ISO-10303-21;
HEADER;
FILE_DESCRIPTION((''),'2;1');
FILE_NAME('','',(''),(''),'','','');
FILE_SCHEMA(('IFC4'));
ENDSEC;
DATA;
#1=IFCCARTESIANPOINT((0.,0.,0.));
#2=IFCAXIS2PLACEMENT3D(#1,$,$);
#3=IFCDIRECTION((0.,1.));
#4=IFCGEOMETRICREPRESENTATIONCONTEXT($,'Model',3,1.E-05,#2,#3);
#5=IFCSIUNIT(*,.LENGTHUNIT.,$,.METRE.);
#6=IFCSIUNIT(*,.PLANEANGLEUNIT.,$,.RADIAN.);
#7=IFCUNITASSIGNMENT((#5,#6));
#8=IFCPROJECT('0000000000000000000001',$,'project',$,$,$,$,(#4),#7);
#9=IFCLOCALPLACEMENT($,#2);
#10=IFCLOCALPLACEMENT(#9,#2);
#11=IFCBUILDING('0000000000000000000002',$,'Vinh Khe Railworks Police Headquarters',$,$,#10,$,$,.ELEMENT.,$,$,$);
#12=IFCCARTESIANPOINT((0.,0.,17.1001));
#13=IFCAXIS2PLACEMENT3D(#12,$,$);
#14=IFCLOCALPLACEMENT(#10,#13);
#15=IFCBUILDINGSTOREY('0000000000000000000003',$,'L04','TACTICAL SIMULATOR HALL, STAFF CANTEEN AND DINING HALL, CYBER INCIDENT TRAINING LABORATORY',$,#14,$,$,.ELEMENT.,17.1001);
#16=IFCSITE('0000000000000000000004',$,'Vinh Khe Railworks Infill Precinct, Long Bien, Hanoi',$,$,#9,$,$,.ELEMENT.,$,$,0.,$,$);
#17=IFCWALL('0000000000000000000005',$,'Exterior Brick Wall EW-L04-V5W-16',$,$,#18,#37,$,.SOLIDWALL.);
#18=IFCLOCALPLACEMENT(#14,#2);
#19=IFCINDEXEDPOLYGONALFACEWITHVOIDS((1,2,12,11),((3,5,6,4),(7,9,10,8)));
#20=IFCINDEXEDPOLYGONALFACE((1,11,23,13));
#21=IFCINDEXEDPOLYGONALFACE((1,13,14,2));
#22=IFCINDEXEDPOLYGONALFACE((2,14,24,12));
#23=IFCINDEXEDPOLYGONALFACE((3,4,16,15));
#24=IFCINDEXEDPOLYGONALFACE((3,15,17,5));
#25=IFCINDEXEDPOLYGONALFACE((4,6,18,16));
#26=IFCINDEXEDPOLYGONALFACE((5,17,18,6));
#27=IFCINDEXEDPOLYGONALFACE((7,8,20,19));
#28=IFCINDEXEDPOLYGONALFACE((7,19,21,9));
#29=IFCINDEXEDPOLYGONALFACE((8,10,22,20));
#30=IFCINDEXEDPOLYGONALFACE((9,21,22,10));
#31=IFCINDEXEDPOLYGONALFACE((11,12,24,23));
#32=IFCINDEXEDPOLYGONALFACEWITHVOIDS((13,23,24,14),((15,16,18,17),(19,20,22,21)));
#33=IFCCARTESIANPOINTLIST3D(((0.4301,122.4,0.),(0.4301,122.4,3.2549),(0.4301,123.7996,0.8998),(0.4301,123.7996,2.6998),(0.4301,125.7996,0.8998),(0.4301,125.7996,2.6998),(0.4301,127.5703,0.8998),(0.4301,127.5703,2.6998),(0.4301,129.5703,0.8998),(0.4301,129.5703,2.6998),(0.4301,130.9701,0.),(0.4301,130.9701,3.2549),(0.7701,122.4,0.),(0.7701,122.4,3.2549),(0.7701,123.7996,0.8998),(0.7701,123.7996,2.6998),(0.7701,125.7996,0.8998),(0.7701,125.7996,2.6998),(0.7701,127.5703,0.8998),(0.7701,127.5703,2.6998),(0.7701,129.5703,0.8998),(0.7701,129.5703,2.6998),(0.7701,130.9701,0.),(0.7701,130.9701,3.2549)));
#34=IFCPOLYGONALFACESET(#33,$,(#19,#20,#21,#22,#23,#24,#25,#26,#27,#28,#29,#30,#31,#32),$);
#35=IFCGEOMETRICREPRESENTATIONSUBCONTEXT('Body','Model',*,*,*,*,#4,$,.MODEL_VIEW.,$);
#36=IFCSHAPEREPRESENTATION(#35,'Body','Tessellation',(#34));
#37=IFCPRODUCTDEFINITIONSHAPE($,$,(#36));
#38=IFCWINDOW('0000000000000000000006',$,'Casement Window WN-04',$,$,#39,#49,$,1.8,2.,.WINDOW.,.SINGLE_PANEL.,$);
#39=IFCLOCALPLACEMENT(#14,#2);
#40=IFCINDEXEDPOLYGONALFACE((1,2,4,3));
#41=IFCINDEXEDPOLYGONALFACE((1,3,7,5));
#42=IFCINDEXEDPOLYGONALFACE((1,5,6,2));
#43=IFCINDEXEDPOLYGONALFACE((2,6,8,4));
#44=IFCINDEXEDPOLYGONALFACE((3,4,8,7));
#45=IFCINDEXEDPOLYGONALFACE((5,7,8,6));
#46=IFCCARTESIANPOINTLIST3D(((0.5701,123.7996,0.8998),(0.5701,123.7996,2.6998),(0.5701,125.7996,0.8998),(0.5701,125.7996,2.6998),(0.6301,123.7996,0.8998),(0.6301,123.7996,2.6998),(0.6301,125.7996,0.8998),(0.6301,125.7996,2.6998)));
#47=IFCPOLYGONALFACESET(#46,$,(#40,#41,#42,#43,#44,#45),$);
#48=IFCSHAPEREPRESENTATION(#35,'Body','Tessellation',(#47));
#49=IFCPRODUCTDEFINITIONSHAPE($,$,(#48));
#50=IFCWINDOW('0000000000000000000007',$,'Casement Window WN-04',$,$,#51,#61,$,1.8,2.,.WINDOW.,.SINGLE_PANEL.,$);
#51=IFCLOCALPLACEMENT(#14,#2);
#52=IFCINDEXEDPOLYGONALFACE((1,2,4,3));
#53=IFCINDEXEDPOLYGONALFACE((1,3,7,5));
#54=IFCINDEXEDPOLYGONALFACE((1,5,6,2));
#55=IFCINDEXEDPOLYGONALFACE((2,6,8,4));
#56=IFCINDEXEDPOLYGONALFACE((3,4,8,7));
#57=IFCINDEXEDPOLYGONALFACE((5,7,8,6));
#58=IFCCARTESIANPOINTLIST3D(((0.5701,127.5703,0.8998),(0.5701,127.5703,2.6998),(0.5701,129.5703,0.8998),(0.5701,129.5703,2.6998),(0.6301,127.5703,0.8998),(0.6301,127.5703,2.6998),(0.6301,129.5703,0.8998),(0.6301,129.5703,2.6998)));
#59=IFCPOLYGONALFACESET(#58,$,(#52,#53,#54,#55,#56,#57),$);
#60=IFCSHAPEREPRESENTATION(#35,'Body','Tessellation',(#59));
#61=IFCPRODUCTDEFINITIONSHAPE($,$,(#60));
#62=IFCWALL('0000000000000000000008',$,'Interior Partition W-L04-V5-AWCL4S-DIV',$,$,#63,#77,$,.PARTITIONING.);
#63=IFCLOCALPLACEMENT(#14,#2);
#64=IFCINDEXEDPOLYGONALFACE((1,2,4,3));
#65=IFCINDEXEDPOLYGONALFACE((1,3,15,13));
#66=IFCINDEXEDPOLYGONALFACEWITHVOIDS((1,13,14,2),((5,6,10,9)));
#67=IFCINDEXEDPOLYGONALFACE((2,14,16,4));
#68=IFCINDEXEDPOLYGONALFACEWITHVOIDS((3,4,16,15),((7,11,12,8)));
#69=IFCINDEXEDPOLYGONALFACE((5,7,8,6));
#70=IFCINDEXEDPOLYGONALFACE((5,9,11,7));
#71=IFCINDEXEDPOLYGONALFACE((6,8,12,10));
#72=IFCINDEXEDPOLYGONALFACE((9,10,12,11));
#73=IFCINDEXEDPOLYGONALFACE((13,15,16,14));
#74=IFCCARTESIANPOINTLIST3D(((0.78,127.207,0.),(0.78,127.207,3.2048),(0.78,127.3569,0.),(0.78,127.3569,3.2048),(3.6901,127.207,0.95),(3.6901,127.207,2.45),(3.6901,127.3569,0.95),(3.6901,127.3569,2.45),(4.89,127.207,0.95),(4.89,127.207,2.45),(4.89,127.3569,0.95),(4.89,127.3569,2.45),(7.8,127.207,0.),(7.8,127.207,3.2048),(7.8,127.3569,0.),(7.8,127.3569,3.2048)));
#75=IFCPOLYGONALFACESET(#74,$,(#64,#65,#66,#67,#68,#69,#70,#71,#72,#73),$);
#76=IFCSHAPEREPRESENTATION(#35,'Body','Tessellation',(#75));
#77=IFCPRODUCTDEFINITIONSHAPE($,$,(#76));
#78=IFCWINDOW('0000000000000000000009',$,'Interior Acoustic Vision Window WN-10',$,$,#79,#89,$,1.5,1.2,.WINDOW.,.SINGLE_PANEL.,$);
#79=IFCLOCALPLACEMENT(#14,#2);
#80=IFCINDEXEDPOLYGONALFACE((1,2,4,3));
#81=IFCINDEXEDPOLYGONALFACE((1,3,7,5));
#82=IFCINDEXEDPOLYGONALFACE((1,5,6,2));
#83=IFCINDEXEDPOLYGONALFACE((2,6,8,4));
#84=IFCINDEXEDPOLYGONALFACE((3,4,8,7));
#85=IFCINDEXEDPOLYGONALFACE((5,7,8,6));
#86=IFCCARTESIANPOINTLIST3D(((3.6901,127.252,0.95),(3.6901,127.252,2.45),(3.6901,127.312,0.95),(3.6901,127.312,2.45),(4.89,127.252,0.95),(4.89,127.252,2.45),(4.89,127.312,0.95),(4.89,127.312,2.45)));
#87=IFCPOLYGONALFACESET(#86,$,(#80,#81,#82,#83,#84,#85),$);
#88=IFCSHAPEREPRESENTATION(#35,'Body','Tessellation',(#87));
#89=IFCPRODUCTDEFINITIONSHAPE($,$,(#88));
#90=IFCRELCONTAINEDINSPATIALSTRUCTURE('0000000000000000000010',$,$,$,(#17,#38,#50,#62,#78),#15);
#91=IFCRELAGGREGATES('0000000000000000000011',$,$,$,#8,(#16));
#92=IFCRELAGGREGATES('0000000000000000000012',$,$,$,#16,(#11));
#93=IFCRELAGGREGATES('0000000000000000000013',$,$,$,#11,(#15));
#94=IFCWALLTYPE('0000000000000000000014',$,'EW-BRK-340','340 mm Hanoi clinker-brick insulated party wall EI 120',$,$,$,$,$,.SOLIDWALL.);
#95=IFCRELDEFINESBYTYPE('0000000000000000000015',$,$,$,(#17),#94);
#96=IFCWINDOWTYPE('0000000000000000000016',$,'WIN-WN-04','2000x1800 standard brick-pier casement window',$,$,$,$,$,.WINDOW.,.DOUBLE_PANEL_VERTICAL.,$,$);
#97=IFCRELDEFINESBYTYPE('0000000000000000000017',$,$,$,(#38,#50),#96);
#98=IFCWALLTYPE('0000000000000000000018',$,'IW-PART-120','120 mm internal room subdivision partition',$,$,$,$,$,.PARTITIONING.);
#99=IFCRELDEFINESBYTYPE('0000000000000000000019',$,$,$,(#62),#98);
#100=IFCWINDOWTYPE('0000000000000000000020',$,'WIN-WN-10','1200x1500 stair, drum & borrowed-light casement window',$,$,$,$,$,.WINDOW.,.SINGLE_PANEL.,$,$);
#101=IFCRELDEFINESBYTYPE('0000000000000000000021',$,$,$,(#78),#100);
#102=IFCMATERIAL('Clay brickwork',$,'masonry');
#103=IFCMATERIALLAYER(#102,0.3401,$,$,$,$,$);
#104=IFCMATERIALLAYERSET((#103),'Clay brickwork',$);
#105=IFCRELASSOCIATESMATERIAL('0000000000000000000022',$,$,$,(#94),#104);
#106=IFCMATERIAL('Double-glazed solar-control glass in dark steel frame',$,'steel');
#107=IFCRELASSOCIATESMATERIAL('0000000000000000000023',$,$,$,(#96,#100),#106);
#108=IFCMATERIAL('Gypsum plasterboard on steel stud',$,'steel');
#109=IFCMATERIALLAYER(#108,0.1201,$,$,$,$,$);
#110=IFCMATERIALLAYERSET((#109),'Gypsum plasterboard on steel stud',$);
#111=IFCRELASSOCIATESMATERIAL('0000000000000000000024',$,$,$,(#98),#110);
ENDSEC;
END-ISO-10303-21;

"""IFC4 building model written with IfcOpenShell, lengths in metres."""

from ifc_helpers import new_model, si_unit, direction, frame, frame_2d, origin, place, context, subcontext, project, spatial, rectangle, extrude, material, layer, layer_set, type_object, element, fill, save


model = new_model("IFC4")

# Units and contexts
model_context = context("Model", 3, precision=1e-05, world=origin(), true_north=direction((0.0, 1.0)))
body_context = subcontext(model_context, "Body", "Model", "MODEL_VIEW")
ifc_project = project(units=[si_unit("LENGTHUNIT", "METRE"), si_unit("PLANEANGLEUNIT", "RADIAN")], contexts=[model_context])

# Site, building, storey
site_placement = place(None, origin())
site = spatial("IfcSite", under=ifc_project, at=site_placement, Name="Vinh Khe Railworks Infill Precinct, Long Bien, Hanoi", CompositionType="ELEMENT", RefElevation=0.0)
building_placement = place(site_placement, origin())
building = spatial("IfcBuilding", under=site, at=building_placement, Name="Vinh Khe Railworks Police Headquarters", CompositionType="ELEMENT")
storey_placement = place(building_placement, frame((0.0, 0.0, 17.1001)))
storey = spatial("IfcBuildingStorey", under=building, at=storey_placement, Name="L04", Description="TACTICAL SIMULATOR HALL, STAFF CANTEEN AND DINING HALL, CYBER INCIDENT TRAINING LABORATORY", CompositionType="ELEMENT", Elevation=17.1001)

# Shared definitions
ifc_material_1 = material(Name="Clay brickwork", Category="masonry")
ifc_material_2 = material(Name="Double-glazed solar-control glass in dark steel frame", Category="steel")

# Wall, openings, windows
ifc_layer_1 = layer(ifc_material_1, 0.3401)
ifc_layer_set_1 = layer_set([ifc_layer_1], Name="Clay brickwork")
wall_type_1 = type_object("IfcWallType", Name="EW-BRK-340", Description="340 mm Hanoi clinker-brick insulated party wall EI 120", PredefinedType="SOLIDWALL", material=ifc_layer_set_1)
wall_1_placement = place(storey_placement, frame((0.6001, 122.3999, 0.0), z_axis=(0.0, 0.0, 1.0), x_axis=(0.0, 1.0, 0.0)))
wall_1 = element("IfcWall", 1, at=wall_1_placement, inside=storey, type_object=wall_type_1, Name="Exterior Brick Wall EW-L04-V5W-16", PredefinedType="SOLIDWALL", context=body_context, shape_type="SweptSolid", body=[
    extrude(rectangle(XDim=8.5701, YDim=0.3401, at=frame_2d((4.2852, 0.0))), origin(), (0.0, 0.0, 1.0), 3.2549),
])
opening_1_placement = place(wall_1_placement, frame((1.3997, 0.0, 0.8999)))
opening_1 = element("IfcOpeningElement", 2, at=opening_1_placement, cuts=wall_1, PredefinedType="OPENING", context=body_context, shape_type="SweptSolid", body=[
    extrude(rectangle(XDim=2.0, YDim=1.8, at=frame_2d((1.0, 0.8999))), frame((0.0, 0.1851, 0.0), z_axis=(0.0, -1.0, 0.0), x_axis=(1.0, 0.0, 0.0)), (0.0, 0.0, 1.0), 0.3699),
])
opening_2_placement = place(wall_1_placement, frame((5.1704, 0.0, 0.8999)))
opening_2 = element("IfcOpeningElement", 3, at=opening_2_placement, cuts=wall_1, PredefinedType="OPENING", context=body_context, shape_type="SweptSolid", body=[
    extrude(rectangle(XDim=2.0, YDim=1.8, at=frame_2d((1.0, 0.8999))), frame((0.0, 0.1851, 0.0), z_axis=(0.0, -1.0, 0.0), x_axis=(1.0, 0.0, 0.0)), (0.0, 0.0, 1.0), 0.3699),
])
window_type_1 = type_object("IfcWindowType", Name="WIN-WN-04", Description="2000x1800 standard brick-pier casement window", PartitioningType="DOUBLE_PANEL_VERTICAL", PredefinedType="WINDOW", material=ifc_material_2)
window_1_placement = place(opening_1_placement, origin())
window_1 = element("IfcWindow", 4, at=window_1_placement, inside=storey, type_object=window_type_1, Name="Casement Window WN-04", OverallHeight=1.8, OverallWidth=2.0, PartitioningType="SINGLE_PANEL", PredefinedType="WINDOW", context=body_context, shape_type="SweptSolid", body=[
    extrude(rectangle(XDim=2.0, YDim=1.8, at=frame_2d((1.0, 0.8999))), frame((0.0, 0.03, 0.0), z_axis=(0.0, -1.0, 0.0), x_axis=(1.0, 0.0, 0.0)), (0.0, 0.0, 1.0), 0.0601),
])
fill(opening_1, window_1)
window_2_placement = place(opening_2_placement, origin())
window_2 = element("IfcWindow", 5, at=window_2_placement, inside=storey, type_object=window_type_1, Name="Casement Window WN-04", OverallHeight=1.8, OverallWidth=2.0, PartitioningType="SINGLE_PANEL", PredefinedType="WINDOW", context=body_context, shape_type="SweptSolid", body=[
    extrude(rectangle(XDim=2.0, YDim=1.8, at=frame_2d((1.0, 0.8999))), frame((0.0, 0.03, 0.0), z_axis=(0.0, -1.0, 0.0), x_axis=(1.0, 0.0, 0.0)), (0.0, 0.0, 1.0), 0.0601),
])
fill(opening_2, window_2)

# Wall, opening, window
ifc_material_3 = material(Name="Gypsum plasterboard on steel stud", Category="steel")
ifc_layer_2 = layer(ifc_material_3, 0.1201)
ifc_layer_set_2 = layer_set([ifc_layer_2], Name="Gypsum plasterboard on steel stud")
wall_type_2 = type_object("IfcWallType", Name="IW-PART-120", Description="120 mm internal room subdivision partition", PredefinedType="PARTITIONING", material=ifc_layer_set_2)
wall_2_placement = place(storey_placement, frame((0.78, 127.282, 0.0), z_axis=(0.0, 0.0, 1.0), x_axis=(1.0, 0.0, 0.0)))
wall_2 = element("IfcWall", 6, at=wall_2_placement, inside=storey, type_object=wall_type_2, Name="Interior Partition W-L04-V5-AWCL4S-DIV", PredefinedType="PARTITIONING", context=body_context, shape_type="SweptSolid", body=[
    extrude(rectangle(XDim=7.02, YDim=0.1499, at=frame_2d((3.51, 0.0))), origin(), (0.0, 0.0, 1.0), 3.2048),
])
opening_3_placement = place(wall_2_placement, frame((2.9099, 0.0, 0.95)))
opening_3 = element("IfcOpeningElement", 7, at=opening_3_placement, cuts=wall_2, PredefinedType="OPENING", context=body_context, shape_type="SweptSolid", body=[
    extrude(rectangle(XDim=1.2, YDim=1.5, at=frame_2d((0.6001, 0.75))), frame((0.0, 0.0898, 0.0), z_axis=(0.0, -1.0, 0.0), x_axis=(1.0, 0.0, 0.0)), (0.0, 0.0, 1.0), 0.1797),
])
window_type_2 = type_object("IfcWindowType", Name="WIN-WN-10", Description="1200x1500 stair, drum & borrowed-light casement window", PartitioningType="SINGLE_PANEL", PredefinedType="WINDOW", material=ifc_material_2)
window_3_placement = place(opening_3_placement, origin())
window_3 = element("IfcWindow", 8, at=window_3_placement, inside=storey, type_object=window_type_2, Name="Interior Acoustic Vision Window WN-10", OverallHeight=1.5, OverallWidth=1.2, PartitioningType="SINGLE_PANEL", PredefinedType="WINDOW", context=body_context, shape_type="SweptSolid", body=[
    extrude(rectangle(XDim=1.2, YDim=1.5, at=frame_2d((0.6001, 0.75))), frame((0.0, 0.03, 0.0), z_axis=(0.0, -1.0, 0.0), x_axis=(1.0, 0.0, 0.0)), (0.0, 0.0, 1.0), 0.0601),
])
fill(opening_3, window_3)

save(model, "model.ifc")
